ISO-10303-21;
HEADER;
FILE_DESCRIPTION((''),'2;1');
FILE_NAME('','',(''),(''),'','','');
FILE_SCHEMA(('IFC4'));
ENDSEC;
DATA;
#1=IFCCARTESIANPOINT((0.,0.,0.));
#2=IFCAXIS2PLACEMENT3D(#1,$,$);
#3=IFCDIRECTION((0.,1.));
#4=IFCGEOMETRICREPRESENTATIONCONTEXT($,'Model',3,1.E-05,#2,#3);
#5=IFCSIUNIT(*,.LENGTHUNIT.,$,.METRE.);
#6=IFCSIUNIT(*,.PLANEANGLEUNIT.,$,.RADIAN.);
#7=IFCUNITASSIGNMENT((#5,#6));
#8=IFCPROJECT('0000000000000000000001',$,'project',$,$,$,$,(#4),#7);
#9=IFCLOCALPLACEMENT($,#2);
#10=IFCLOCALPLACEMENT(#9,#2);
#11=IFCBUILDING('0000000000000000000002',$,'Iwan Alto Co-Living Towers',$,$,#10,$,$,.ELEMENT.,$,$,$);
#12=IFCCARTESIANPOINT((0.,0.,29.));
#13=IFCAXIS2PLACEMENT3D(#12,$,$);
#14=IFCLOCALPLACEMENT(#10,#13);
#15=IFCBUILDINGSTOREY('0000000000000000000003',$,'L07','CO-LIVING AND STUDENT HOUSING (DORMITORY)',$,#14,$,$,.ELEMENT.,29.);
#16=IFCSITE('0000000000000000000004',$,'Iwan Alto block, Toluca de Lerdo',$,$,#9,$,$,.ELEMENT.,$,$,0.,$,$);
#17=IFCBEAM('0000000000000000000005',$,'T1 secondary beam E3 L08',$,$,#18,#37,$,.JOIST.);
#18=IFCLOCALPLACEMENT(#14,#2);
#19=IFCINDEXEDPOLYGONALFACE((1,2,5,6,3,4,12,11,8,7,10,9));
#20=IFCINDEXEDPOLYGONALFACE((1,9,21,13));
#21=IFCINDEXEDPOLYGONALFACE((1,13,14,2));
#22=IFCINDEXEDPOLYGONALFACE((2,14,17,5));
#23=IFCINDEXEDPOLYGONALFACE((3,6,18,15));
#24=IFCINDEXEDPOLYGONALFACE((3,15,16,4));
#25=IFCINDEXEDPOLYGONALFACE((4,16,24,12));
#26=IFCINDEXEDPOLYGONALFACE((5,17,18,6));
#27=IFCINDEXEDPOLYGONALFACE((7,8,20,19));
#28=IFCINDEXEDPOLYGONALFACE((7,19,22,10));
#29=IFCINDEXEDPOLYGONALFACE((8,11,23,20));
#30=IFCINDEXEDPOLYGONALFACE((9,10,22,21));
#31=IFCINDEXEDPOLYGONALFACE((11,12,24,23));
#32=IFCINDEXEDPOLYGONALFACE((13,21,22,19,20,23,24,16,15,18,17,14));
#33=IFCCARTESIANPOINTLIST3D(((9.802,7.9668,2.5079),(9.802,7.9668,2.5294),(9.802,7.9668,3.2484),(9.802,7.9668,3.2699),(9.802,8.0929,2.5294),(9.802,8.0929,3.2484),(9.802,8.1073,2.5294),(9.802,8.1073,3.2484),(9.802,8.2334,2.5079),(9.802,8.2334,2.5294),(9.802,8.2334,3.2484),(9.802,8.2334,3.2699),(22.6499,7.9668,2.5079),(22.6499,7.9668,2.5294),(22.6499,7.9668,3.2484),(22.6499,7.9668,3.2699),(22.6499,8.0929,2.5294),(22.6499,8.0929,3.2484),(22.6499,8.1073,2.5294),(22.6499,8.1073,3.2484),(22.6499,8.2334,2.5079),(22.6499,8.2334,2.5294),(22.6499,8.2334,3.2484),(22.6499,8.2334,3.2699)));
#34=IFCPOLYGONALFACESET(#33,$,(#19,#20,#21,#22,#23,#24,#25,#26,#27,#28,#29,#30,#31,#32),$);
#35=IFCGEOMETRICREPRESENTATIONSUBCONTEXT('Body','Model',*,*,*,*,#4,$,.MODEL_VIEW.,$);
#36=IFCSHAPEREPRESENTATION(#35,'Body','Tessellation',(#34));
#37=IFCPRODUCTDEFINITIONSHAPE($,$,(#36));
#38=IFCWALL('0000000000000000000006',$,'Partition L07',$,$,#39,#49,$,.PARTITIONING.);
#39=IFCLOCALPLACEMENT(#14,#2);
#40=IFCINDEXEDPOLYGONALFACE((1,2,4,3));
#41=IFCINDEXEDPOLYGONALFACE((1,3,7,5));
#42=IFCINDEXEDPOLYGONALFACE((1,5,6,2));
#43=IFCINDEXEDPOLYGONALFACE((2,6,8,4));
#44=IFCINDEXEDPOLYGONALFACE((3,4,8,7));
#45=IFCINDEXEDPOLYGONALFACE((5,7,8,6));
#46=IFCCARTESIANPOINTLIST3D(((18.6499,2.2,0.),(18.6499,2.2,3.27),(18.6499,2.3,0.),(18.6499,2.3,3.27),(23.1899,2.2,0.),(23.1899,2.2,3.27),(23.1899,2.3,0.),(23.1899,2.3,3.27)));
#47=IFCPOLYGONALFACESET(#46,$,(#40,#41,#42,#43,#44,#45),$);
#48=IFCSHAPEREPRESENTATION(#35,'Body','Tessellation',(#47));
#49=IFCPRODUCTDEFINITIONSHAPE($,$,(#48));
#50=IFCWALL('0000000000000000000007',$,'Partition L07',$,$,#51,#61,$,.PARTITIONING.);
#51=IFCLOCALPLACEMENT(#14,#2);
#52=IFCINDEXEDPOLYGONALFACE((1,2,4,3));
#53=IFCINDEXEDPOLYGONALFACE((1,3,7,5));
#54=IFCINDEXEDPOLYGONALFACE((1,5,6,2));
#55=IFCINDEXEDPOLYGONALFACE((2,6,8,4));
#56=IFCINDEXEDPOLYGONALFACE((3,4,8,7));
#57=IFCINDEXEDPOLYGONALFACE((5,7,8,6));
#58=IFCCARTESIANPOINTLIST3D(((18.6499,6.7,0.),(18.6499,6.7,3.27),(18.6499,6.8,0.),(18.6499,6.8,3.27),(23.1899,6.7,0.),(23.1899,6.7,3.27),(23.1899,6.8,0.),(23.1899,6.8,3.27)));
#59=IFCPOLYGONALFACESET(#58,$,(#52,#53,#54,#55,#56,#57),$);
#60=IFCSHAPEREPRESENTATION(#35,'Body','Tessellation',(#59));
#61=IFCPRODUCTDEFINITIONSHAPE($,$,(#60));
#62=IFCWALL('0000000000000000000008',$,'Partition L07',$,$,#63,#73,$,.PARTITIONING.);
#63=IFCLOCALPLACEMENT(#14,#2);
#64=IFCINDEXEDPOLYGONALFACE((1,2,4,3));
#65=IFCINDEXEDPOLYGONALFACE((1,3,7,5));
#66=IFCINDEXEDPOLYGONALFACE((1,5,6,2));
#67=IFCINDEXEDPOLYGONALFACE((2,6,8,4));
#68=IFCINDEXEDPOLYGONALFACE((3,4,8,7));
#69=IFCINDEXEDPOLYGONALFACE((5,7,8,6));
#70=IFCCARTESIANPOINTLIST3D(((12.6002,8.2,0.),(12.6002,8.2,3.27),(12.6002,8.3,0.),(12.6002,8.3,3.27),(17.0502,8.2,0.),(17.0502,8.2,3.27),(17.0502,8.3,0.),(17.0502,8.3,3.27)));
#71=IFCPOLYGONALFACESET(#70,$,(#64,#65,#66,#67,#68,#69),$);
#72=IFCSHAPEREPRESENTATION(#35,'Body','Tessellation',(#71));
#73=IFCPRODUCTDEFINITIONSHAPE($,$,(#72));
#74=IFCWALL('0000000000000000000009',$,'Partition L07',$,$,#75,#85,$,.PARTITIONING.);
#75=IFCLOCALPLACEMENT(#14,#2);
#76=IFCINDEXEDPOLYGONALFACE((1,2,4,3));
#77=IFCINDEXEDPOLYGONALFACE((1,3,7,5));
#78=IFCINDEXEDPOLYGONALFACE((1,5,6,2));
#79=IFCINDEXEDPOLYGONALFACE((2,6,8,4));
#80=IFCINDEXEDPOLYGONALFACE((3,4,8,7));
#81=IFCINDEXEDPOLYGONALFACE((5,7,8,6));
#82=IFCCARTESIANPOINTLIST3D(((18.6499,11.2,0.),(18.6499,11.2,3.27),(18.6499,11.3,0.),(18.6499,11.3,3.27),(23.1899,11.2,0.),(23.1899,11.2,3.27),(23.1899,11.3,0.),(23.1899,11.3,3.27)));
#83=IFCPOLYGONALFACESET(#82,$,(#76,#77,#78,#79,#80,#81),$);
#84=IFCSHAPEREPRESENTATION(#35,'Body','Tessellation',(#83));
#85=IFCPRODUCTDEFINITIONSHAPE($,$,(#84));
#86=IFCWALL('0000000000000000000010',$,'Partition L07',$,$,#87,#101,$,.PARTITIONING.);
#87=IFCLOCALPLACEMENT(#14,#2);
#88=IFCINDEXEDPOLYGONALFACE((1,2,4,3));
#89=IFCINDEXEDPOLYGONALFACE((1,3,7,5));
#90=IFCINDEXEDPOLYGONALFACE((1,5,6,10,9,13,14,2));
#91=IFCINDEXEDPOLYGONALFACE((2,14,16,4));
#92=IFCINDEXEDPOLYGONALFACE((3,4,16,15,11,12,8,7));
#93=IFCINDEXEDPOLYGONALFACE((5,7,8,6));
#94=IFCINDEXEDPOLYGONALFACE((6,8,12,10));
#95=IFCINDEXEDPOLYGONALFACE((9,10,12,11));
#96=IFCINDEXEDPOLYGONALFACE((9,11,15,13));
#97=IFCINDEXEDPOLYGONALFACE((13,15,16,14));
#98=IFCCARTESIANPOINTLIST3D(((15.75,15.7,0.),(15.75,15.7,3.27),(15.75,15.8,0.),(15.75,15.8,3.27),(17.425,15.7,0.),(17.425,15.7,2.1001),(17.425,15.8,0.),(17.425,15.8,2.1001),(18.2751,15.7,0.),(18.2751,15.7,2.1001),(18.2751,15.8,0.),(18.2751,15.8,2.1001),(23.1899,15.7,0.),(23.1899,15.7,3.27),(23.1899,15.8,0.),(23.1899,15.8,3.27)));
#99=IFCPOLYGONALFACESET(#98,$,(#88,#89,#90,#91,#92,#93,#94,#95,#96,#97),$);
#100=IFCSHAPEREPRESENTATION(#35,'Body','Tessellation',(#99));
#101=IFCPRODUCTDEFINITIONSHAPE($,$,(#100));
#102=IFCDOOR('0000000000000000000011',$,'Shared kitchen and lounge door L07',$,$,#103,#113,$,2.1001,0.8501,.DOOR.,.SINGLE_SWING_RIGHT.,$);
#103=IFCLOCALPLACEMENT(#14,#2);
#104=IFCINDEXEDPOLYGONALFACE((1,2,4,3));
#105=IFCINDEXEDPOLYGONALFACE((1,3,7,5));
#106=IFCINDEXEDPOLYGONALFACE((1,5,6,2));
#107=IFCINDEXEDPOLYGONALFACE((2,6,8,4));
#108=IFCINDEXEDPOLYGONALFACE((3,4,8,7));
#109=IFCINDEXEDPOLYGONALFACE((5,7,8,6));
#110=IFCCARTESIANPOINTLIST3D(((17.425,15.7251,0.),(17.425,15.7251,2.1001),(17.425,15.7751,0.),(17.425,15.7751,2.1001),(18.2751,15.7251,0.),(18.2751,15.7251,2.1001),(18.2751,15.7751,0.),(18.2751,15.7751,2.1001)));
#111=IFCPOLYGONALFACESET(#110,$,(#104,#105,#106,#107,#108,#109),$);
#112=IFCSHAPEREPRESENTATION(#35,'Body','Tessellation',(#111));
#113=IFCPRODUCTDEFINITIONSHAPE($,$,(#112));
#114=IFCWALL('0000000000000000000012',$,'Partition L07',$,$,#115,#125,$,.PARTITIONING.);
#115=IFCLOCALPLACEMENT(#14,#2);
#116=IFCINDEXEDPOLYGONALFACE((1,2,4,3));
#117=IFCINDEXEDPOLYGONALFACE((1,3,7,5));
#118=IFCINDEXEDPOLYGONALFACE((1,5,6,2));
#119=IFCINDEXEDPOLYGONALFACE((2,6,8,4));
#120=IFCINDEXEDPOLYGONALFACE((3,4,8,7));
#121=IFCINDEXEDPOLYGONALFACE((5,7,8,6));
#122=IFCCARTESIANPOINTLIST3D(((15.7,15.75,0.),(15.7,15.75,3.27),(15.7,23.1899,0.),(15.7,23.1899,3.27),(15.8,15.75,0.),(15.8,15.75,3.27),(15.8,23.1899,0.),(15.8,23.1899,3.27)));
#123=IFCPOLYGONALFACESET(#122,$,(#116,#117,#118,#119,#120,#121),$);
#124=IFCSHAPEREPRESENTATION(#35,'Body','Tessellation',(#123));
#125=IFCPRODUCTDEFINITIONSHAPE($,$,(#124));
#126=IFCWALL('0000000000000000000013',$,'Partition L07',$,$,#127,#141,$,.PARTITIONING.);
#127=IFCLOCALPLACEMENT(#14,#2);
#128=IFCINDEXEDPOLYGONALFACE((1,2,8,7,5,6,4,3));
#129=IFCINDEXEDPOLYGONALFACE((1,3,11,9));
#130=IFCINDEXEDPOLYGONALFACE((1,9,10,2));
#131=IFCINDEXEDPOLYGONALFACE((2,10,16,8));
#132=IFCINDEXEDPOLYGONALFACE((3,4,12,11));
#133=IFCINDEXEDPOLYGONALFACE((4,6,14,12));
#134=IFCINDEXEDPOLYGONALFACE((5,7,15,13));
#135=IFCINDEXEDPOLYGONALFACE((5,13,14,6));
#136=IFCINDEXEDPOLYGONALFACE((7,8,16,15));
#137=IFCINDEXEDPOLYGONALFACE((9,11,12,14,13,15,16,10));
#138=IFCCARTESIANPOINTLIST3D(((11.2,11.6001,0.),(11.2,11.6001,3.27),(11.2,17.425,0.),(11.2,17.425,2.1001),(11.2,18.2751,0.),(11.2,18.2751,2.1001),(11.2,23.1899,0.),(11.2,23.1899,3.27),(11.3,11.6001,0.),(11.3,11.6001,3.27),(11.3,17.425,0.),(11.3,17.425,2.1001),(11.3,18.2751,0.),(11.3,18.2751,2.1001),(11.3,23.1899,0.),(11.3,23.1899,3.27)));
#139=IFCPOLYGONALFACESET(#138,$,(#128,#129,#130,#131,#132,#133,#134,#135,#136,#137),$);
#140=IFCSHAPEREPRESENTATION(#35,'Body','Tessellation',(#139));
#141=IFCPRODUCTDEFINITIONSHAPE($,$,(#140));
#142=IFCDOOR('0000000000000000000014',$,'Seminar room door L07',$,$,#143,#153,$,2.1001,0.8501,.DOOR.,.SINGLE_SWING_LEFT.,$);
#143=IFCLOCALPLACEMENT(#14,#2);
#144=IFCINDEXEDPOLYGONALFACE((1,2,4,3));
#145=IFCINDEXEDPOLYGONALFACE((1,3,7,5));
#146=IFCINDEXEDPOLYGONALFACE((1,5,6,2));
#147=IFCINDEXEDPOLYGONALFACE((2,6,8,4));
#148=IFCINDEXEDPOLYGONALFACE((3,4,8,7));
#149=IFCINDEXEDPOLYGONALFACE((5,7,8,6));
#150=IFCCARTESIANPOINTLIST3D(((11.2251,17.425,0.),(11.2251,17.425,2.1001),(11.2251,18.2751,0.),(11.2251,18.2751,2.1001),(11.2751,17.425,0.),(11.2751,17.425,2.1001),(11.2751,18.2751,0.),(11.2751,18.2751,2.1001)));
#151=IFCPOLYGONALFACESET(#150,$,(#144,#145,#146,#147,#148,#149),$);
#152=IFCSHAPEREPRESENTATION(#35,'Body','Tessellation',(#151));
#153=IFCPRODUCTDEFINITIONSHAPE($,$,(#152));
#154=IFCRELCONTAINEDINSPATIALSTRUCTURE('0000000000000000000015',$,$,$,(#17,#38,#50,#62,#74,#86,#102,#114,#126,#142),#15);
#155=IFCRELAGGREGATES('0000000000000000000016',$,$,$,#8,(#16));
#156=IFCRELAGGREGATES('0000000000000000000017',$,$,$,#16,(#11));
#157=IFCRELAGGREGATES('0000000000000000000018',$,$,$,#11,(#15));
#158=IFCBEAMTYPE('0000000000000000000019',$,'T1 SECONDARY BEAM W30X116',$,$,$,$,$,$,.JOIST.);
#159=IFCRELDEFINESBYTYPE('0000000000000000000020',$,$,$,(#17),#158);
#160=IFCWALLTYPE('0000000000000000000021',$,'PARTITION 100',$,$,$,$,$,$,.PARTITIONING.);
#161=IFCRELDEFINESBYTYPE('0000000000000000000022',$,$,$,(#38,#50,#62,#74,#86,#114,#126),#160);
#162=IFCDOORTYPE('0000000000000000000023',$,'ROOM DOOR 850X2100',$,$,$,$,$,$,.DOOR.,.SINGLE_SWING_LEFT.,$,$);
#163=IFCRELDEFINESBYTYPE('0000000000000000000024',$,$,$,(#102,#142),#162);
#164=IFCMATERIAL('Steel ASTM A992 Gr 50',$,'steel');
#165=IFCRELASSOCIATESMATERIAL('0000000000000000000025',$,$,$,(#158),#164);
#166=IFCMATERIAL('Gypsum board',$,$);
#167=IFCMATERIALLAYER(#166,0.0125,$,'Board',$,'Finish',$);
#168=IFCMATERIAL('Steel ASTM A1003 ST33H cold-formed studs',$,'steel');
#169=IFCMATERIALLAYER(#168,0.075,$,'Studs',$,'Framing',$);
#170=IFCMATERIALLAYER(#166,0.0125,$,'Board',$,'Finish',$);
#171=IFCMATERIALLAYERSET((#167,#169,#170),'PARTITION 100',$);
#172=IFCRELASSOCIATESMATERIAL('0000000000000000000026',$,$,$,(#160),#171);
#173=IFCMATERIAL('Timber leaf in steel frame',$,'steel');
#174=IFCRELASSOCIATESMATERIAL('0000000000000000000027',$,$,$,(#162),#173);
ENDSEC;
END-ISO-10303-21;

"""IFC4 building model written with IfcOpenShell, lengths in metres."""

from ifc_helpers import new_model, si_unit, direction, frame, frame_2d, origin, origin_2d, place, context, subcontext, project, spatial, rectangle, i_section, extrude, material, layer, layer_set, material_profile, profile_set, type_object, element, fill, save


model = new_model("IFC4")

# Units and contexts
model_context = context("Model", 3, precision=1e-05, world=origin(), true_north=direction((0.0, 1.0)))
body_context = subcontext(model_context, "Body", "Model", "MODEL_VIEW")
ifc_project = project(units=[si_unit("LENGTHUNIT", "METRE"), si_unit("PLANEANGLEUNIT", "RADIAN")], contexts=[model_context])

# Site, building, storey
site_placement = place(None, origin())
site = spatial("IfcSite", under=ifc_project, at=site_placement, Name="Iwan Alto block, Toluca de Lerdo", CompositionType="ELEMENT", RefElevation=0.0)
building_placement = place(site_placement, origin())
building = spatial("IfcBuilding", under=site, at=building_placement, Name="Iwan Alto Co-Living Towers", CompositionType="ELEMENT")
storey_placement = place(building_placement, frame((0.0, 0.0, 29.0)))
storey = spatial("IfcBuildingStorey", under=building, at=storey_placement, Name="L07", Description="CO-LIVING AND STUDENT HOUSING (DORMITORY)", CompositionType="ELEMENT", Elevation=29.0)

# Beam
ifc_material_1 = material(Name="Steel ASTM A992 Gr 50", Category="steel")
ifc_material_profile_1 = material_profile(ifc_material_1, i_section(OverallWidth=0.2666, OverallDepth=0.762, WebThickness=0.0144, FlangeThickness=0.0215, at=origin_2d()), Name="W30X116")
ifc_profile_set_1 = profile_set([ifc_material_profile_1], Name="Steel ASTM A992 Gr 50")
beam_type_1 = type_object("IfcBeamType", Name="T1 SECONDARY BEAM W30X116", PredefinedType="JOIST", material=ifc_profile_set_1)
for number, where, z_axis, x_axis, name in (
    (1, (22.6499, 8.1001, 2.8889), (-1.0, 0.0, 0.0), (0.0, -1.0, 0.0), "T1 secondary beam E3 L08"),
):
    element("IfcBeam", number, at=place(storey_placement, frame(where, z_axis=z_axis, x_axis=x_axis)), inside=storey, type_object=beam_type_1, Name=name, PredefinedType="JOIST", context=body_context, shape_type="SweptSolid", body=[
        extrude(i_section(OverallWidth=0.2666, OverallDepth=0.762, WebThickness=0.0144, FlangeThickness=0.0215, at=origin_2d()), origin(), (0.0, 0.0, 1.0), 12.8479),
    ])

# Walls
ifc_material_2 = material(Name="Gypsum board")
ifc_layer_1 = layer(ifc_material_2, 0.0125, Name="Board", Category="Finish")
ifc_material_3 = material(Name="Steel ASTM A1003 ST33H cold-formed studs", Category="steel")
ifc_layer_2 = layer(ifc_material_3, 0.075, Name="Studs", Category="Framing")
ifc_layer_3 = layer(ifc_material_2, 0.0125, Name="Board", Category="Finish")
ifc_layer_set_1 = layer_set([ifc_layer_1, ifc_layer_2, ifc_layer_3], Name="PARTITION 100")
wall_type_1 = type_object("IfcWallType", Name="PARTITION 100", PredefinedType="PARTITIONING", material=ifc_layer_set_1)
for number, where, z_axis, x_axis, name in (
    (2, (18.6499, 2.25, 0.0), (0.0, 0.0, 1.0), (1.0, 0.0, 0.0), "Partition L07"),
    (3, (18.6499, 6.75, 0.0), (0.0, 0.0, 1.0), (1.0, 0.0, 0.0), "Partition L07"),
):
    element("IfcWall", number, at=place(storey_placement, frame(where, z_axis=z_axis, x_axis=x_axis)), inside=storey, type_object=wall_type_1, Name=name, PredefinedType="PARTITIONING", context=body_context, shape_type="SweptSolid", body=[
        extrude(rectangle(XDim=4.54, YDim=0.1001, at=frame_2d((2.27, 0.0))), origin(), (0.0, 0.0, 1.0), 3.27),
    ])
wall_1_placement = place(storey_placement, frame((12.6001, 8.25, 0.0), z_axis=(0.0, 0.0, 1.0), x_axis=(1.0, 0.0, 0.0)))
element("IfcWall", 4, at=wall_1_placement, inside=storey, type_object=wall_type_1, Name="Partition L07", PredefinedType="PARTITIONING", context=body_context, shape_type="SweptSolid", body=[
    extrude(rectangle(XDim=4.45, YDim=0.1001, at=frame_2d((2.2251, 0.0))), origin(), (0.0, 0.0, 1.0), 3.27),
])
wall_2_placement = place(storey_placement, frame((18.6499, 11.25, 0.0), z_axis=(0.0, 0.0, 1.0), x_axis=(1.0, 0.0, 0.0)))
element("IfcWall", 5, at=wall_2_placement, inside=storey, type_object=wall_type_1, Name="Partition L07", PredefinedType="PARTITIONING", context=body_context, shape_type="SweptSolid", body=[
    extrude(rectangle(XDim=4.54, YDim=0.1001, at=frame_2d((2.27, 0.0))), origin(), (0.0, 0.0, 1.0), 3.27),
])

# Wall, opening, door
wall_3_placement = place(storey_placement, frame((15.75, 15.75, 0.0), z_axis=(0.0, 0.0, 1.0), x_axis=(1.0, 0.0, 0.0)))
wall_3 = element("IfcWall", 6, at=wall_3_placement, inside=storey, type_object=wall_type_1, Name="Partition L07", PredefinedType="PARTITIONING", context=body_context, shape_type="SweptSolid", body=[
    extrude(rectangle(XDim=7.4399, YDim=0.1001, at=frame_2d((3.72, 0.0))), origin(), (0.0, 0.0, 1.0), 3.27),
])
opening_1_placement = place(wall_3_placement, frame((1.675, 0.0, 0.0)))
opening_1 = element("IfcOpeningElement", 7, at=opening_1_placement, cuts=wall_3, PredefinedType="OPENING", context=body_context, shape_type="SweptSolid", body=[
    extrude(rectangle(XDim=0.8501, YDim=2.1001, at=frame_2d((0.425, 1.05))), frame((0.0, 0.0601, 0.0), z_axis=(0.0, -1.0, 0.0), x_axis=(1.0, 0.0, 0.0)), (0.0, 0.0, 1.0), 0.1201),
])
ifc_material_4 = material(Name="Timber leaf in steel frame", Category="steel")
door_type = type_object("IfcDoorType", Name="ROOM DOOR 850X2100", OperationType="SINGLE_SWING_LEFT", PredefinedType="DOOR", material=ifc_material_4)
door_1_placement = place(opening_1_placement, frame((0.8501, 0.0, 0.0), z_axis=(0.0, 0.0, 1.0), x_axis=(-1.0, 0.0, 0.0)))
door_1 = element("IfcDoor", 8, at=door_1_placement, inside=storey, type_object=door_type, Name="Shared kitchen and lounge door L07", OperationType="SINGLE_SWING_RIGHT", OverallHeight=2.1001, OverallWidth=0.8501, PredefinedType="DOOR", context=body_context, shape_type="SweptSolid", body=[
    extrude(rectangle(XDim=0.8501, YDim=2.1001, at=frame_2d((0.425, 1.05))), frame((0.0, 0.0249, 0.0), z_axis=(0.0, -1.0, 0.0), x_axis=(1.0, 0.0, 0.0)), (0.0, 0.0, 1.0), 0.05),
])
fill(opening_1, door_1)

# Wall
wall_4_placement = place(storey_placement, frame((15.75, 15.75, 0.0), z_axis=(0.0, 0.0, 1.0), x_axis=(0.0, 1.0, 0.0)))
element("IfcWall", 9, at=wall_4_placement, inside=storey, type_object=wall_type_1, Name="Partition L07", PredefinedType="PARTITIONING", context=body_context, shape_type="SweptSolid", body=[
    extrude(rectangle(XDim=7.4399, YDim=0.1001, at=frame_2d((3.72, 0.0))), origin(), (0.0, 0.0, 1.0), 3.27),
])

# Wall, opening, door
wall_5_placement = place(storey_placement, frame((11.25, 11.6001, 0.0), z_axis=(0.0, 0.0, 1.0), x_axis=(0.0, 1.0, 0.0)))
wall_5 = element("IfcWall", 10, at=wall_5_placement, inside=storey, type_object=wall_type_1, Name="Partition L07", PredefinedType="PARTITIONING", context=body_context, shape_type="SweptSolid", body=[
    extrude(rectangle(XDim=11.5898, YDim=0.1001, at=frame_2d((5.7949, 0.0))), origin(), (0.0, 0.0, 1.0), 3.27),
])
opening_2_placement = place(wall_5_placement, frame((5.825, 0.0, 0.0)))
opening_2 = element("IfcOpeningElement", 11, at=opening_2_placement, cuts=wall_5, PredefinedType="OPENING", context=body_context, shape_type="SweptSolid", body=[
    extrude(rectangle(XDim=0.8501, YDim=2.1001, at=frame_2d((0.425, 1.05))), frame((0.0, 0.0601, 0.0), z_axis=(0.0, -1.0, 0.0), x_axis=(1.0, 0.0, 0.0)), (0.0, 0.0, 1.0), 0.1201),
])
door_2_placement = place(opening_2_placement, origin())
door_2 = element("IfcDoor", 12, at=door_2_placement, inside=storey, type_object=door_type, Name="Seminar room door L07", OperationType="SINGLE_SWING_LEFT", OverallHeight=2.1001, OverallWidth=0.8501, PredefinedType="DOOR", context=body_context, shape_type="SweptSolid", body=[
    extrude(rectangle(XDim=0.8501, YDim=2.1001, at=frame_2d((0.425, 1.05))), frame((0.0, 0.0249, 0.0), z_axis=(0.0, -1.0, 0.0), x_axis=(1.0, 0.0, 0.0)), (0.0, 0.0, 1.0), 0.05),
])
fill(opening_2, door_2)

save(model, "model.ifc")
